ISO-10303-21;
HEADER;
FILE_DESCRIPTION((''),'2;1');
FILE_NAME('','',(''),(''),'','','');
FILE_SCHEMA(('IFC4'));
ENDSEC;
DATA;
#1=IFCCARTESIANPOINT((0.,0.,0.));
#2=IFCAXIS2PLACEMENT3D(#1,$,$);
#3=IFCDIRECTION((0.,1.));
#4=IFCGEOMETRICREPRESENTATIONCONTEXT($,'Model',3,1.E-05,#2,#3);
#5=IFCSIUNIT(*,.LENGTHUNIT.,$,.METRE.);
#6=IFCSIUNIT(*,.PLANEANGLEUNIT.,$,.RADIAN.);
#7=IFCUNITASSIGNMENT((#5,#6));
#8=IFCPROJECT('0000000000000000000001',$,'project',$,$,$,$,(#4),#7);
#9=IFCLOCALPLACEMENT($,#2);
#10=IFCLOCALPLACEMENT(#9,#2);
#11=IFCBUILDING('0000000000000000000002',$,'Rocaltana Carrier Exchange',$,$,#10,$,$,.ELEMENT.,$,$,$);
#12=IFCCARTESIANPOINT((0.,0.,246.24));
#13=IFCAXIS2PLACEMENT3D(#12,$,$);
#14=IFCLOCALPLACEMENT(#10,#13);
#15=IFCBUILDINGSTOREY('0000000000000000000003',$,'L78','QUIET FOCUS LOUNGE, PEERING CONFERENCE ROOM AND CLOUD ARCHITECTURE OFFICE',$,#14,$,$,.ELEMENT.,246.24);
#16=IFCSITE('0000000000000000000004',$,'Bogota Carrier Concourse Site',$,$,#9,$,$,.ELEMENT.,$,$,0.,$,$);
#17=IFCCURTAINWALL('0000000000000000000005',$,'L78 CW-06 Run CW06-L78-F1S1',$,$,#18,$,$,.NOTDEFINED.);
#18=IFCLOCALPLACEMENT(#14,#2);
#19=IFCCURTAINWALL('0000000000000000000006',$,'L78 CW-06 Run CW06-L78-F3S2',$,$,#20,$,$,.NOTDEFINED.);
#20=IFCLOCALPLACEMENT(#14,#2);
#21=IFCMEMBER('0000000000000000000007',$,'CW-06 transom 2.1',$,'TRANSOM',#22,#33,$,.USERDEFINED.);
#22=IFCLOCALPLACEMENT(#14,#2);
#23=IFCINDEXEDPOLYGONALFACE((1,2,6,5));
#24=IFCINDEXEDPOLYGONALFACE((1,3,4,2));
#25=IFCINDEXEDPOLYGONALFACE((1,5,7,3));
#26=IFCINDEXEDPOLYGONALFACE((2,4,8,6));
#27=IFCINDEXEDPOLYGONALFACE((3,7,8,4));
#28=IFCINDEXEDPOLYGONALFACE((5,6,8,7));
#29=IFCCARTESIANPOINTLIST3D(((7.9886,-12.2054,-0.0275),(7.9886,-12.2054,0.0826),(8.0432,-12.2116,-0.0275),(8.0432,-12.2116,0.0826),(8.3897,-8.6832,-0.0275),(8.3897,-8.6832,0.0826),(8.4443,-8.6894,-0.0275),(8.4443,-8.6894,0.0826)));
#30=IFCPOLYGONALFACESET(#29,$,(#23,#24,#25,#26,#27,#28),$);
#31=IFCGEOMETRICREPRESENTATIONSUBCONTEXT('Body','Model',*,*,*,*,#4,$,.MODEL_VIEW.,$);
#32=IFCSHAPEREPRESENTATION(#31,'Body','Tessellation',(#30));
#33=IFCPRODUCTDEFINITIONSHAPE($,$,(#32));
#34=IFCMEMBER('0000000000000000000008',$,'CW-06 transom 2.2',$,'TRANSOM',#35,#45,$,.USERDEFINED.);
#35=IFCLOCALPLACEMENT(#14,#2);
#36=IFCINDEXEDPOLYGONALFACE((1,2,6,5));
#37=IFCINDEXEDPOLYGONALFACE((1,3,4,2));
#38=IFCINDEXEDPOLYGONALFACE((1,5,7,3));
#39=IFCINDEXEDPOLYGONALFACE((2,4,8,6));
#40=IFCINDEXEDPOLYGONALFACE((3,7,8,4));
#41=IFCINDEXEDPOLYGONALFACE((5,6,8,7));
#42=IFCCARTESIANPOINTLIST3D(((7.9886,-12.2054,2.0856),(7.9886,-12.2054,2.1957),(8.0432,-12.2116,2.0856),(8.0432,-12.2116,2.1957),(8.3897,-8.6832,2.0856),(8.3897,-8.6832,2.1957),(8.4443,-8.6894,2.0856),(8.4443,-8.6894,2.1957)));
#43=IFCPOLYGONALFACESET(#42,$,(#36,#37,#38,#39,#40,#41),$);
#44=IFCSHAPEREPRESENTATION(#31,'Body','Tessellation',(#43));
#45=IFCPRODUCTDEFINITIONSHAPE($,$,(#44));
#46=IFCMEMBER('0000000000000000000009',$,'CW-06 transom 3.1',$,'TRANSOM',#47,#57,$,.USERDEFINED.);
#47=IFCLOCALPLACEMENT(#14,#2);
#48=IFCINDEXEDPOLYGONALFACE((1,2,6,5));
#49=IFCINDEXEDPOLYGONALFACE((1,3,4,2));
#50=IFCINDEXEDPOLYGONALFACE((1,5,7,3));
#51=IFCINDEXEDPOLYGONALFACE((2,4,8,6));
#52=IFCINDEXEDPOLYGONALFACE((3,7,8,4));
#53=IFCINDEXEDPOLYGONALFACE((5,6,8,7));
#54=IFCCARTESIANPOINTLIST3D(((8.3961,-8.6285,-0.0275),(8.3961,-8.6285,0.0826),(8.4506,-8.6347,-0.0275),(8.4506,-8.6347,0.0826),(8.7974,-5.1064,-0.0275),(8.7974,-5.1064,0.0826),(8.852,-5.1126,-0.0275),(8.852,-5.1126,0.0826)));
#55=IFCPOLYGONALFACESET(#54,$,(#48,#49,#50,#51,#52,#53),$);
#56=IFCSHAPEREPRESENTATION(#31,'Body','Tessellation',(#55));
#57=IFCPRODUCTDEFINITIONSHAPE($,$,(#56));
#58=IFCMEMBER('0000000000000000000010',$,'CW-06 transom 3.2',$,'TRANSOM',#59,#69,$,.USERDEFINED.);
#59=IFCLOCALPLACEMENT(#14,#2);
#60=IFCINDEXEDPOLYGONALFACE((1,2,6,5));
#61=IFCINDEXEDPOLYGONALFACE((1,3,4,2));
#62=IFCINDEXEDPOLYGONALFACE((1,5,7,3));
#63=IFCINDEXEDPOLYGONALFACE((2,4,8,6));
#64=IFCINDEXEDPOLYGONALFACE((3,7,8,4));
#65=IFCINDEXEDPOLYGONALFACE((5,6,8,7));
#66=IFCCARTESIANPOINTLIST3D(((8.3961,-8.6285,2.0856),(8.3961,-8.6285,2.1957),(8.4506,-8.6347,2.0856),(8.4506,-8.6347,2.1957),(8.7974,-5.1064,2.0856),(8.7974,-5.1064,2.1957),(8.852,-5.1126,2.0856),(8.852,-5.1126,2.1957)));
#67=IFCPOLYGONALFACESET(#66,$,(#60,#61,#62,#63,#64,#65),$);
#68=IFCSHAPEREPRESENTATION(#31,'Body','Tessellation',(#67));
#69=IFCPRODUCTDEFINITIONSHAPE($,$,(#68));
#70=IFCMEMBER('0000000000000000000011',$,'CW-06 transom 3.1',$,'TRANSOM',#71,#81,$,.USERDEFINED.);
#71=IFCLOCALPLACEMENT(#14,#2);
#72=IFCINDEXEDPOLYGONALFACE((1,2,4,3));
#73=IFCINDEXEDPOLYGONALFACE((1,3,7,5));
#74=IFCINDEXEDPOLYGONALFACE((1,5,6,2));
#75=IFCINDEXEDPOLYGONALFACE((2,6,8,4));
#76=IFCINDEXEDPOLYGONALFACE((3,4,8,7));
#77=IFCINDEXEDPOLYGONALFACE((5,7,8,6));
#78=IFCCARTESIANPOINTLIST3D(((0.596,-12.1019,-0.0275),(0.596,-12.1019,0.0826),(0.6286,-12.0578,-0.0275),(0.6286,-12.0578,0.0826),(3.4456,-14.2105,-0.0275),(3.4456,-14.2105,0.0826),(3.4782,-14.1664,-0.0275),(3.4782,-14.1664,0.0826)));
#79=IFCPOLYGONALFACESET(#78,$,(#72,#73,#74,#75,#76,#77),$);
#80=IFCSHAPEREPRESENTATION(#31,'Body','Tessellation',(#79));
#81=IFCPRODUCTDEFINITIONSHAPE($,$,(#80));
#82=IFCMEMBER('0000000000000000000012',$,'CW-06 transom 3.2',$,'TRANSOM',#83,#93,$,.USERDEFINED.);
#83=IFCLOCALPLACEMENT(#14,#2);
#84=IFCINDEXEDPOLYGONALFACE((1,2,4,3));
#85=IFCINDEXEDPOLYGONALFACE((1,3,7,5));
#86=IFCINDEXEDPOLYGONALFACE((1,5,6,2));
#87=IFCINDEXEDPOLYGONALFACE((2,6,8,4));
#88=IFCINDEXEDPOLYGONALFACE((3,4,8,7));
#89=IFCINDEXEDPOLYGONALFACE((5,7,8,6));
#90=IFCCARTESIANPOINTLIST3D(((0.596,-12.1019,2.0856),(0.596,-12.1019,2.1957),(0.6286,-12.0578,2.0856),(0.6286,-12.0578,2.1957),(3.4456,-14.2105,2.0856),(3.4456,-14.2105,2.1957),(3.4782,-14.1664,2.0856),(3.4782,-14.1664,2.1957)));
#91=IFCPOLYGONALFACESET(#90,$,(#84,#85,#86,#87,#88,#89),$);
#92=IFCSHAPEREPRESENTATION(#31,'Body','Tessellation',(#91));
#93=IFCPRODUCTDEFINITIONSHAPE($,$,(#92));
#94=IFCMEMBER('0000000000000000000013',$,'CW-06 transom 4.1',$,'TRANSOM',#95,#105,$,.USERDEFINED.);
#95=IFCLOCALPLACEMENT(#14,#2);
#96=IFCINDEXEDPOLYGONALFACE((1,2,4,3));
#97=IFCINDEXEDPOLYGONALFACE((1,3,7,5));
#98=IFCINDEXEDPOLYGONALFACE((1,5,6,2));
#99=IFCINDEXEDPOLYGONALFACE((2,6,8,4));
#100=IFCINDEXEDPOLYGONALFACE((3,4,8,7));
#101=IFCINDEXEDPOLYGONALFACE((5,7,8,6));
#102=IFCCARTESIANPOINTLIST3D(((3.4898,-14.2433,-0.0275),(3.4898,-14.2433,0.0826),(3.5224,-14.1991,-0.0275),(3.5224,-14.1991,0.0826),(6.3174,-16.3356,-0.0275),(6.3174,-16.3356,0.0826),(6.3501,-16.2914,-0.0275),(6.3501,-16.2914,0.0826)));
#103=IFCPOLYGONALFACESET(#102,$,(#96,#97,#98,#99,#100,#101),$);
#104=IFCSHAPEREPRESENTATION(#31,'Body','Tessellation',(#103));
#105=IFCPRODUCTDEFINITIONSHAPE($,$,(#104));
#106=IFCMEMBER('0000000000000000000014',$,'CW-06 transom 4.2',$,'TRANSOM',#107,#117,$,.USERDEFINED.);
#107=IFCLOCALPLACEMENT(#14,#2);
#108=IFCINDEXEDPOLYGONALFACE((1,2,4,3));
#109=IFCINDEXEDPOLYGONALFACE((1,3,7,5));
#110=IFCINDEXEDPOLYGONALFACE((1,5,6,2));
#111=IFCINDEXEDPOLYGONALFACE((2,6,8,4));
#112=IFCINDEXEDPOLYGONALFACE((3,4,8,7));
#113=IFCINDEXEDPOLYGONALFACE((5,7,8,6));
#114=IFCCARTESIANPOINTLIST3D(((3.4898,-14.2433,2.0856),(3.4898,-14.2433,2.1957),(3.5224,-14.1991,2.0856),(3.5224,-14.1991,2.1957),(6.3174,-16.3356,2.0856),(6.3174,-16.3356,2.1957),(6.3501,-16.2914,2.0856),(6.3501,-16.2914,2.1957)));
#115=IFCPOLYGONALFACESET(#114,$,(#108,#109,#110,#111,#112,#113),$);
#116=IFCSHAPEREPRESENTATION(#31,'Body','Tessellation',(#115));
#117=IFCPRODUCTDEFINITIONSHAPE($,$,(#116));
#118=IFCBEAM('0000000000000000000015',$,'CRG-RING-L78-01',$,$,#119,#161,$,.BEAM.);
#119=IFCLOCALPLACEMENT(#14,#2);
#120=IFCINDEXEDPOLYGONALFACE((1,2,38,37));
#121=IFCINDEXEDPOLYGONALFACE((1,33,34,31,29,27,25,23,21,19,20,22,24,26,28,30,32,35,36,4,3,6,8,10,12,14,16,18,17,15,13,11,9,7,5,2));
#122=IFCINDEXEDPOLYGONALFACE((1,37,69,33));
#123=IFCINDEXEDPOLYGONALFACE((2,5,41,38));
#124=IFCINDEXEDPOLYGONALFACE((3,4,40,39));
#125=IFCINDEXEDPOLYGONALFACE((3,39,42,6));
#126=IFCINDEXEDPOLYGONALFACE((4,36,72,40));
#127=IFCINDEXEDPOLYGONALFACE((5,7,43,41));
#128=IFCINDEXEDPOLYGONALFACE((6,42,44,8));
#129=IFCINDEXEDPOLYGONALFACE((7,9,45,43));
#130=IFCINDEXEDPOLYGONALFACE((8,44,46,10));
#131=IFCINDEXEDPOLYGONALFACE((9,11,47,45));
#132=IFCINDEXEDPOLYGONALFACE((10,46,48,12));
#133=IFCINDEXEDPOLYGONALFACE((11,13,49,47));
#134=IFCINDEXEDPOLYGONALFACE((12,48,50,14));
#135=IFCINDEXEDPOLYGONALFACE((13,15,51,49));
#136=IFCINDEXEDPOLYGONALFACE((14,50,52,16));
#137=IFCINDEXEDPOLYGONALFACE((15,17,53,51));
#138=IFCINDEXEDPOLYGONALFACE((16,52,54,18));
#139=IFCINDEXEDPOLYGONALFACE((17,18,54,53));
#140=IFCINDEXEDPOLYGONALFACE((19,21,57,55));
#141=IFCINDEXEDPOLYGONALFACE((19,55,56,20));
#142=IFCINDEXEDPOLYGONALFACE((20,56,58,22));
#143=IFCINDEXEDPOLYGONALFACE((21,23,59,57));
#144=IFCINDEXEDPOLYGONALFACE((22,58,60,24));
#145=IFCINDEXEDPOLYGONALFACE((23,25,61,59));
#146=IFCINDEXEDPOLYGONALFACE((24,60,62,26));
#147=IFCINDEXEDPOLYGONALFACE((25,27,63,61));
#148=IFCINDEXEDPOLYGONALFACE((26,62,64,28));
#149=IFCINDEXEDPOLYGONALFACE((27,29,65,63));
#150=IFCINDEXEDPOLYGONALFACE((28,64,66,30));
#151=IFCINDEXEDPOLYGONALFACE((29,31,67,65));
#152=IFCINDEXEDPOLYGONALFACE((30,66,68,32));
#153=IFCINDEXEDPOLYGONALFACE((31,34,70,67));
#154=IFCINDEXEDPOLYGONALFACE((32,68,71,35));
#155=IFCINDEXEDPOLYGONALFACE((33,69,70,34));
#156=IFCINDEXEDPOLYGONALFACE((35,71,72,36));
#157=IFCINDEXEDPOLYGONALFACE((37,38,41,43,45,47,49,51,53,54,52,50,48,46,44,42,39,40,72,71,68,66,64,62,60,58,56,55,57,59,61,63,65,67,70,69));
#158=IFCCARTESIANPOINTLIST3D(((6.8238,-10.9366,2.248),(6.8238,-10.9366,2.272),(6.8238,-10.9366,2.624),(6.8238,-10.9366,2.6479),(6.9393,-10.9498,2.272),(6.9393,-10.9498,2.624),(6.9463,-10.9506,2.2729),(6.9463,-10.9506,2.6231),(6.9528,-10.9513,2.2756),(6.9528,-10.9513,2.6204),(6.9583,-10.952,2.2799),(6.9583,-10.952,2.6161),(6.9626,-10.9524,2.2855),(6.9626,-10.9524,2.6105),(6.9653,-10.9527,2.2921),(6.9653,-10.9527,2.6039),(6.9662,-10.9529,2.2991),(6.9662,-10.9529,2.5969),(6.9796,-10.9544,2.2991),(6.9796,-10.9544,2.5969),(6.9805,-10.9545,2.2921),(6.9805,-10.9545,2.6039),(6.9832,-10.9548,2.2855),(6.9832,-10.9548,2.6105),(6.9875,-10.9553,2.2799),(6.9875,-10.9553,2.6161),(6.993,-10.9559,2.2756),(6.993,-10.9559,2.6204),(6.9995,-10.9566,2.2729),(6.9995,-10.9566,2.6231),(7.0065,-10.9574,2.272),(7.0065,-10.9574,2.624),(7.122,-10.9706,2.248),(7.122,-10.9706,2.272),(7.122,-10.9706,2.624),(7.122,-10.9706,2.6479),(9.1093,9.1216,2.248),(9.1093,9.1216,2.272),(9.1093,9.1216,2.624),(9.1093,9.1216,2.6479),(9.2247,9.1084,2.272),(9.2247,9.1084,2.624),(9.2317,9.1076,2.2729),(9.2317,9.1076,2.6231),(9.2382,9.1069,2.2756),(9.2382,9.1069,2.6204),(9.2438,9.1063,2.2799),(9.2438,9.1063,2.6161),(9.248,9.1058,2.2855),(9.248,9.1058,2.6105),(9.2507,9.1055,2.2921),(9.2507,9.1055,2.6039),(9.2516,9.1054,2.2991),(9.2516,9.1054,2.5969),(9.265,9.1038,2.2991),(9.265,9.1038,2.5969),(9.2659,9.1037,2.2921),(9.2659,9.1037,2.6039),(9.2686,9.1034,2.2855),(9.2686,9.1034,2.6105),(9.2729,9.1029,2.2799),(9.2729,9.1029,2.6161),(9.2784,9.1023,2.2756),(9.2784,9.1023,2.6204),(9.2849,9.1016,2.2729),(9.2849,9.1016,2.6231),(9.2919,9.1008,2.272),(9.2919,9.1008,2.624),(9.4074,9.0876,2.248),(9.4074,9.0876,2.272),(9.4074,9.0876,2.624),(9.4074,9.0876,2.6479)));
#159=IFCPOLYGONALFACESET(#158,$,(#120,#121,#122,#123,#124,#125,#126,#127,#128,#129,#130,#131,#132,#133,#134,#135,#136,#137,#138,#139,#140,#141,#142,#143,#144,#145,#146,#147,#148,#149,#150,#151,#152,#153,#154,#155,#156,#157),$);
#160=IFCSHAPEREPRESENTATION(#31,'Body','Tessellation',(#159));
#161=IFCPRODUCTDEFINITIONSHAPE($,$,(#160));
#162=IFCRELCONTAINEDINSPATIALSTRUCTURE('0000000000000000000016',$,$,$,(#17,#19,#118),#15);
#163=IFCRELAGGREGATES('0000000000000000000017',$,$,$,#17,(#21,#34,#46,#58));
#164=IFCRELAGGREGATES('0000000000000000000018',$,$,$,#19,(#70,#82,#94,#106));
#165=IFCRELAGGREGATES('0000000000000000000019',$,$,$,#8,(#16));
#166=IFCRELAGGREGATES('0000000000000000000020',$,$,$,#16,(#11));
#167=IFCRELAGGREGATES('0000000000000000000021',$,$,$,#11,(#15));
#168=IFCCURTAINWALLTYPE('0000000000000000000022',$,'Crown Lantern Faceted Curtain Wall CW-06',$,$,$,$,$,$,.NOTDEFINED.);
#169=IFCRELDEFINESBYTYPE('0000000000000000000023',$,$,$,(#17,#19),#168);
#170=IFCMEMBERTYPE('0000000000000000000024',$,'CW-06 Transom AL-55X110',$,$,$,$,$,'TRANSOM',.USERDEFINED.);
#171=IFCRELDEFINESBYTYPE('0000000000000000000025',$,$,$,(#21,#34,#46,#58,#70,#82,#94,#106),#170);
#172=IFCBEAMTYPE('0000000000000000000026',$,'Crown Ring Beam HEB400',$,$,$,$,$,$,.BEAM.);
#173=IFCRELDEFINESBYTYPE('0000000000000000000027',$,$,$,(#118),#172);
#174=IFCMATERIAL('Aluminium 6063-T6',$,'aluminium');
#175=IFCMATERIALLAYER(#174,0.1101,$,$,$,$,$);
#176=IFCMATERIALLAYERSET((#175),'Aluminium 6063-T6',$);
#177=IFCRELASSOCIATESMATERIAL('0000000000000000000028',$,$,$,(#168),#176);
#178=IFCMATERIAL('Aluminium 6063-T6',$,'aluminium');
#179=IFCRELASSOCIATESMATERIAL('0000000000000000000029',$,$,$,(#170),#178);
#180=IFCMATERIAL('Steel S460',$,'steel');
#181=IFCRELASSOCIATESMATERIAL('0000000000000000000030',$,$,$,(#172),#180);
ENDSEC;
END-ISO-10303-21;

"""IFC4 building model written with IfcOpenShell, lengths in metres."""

from ifc_helpers import new_model, si_unit, direction, frame, origin, origin_2d, place, context, subcontext, project, spatial, rectangle, i_section, extrude, material, layer, layer_set, material_profile, profile_set, type_object, element, aggregate, save


model = new_model("IFC4")

# Units and contexts
model_context = context("Model", 3, precision=1e-05, world=origin(), true_north=direction((0.0, 1.0)))
body_context = subcontext(model_context, "Body", "Model", "MODEL_VIEW")
ifc_project = project(units=[si_unit("LENGTHUNIT", "METRE"), si_unit("PLANEANGLEUNIT", "RADIAN")], contexts=[model_context])

# Site, building, storey
site_placement = place(None, origin())
site = spatial("IfcSite", under=ifc_project, at=site_placement, Name="Bogota Carrier Concourse Site", CompositionType="ELEMENT", RefElevation=0.0)
building_placement = place(site_placement, origin())
building = spatial("IfcBuilding", under=site, at=building_placement, Name="Rocaltana Carrier Exchange", CompositionType="ELEMENT")
storey_placement = place(building_placement, frame((0.0, 0.0, 246.24)))
storey = spatial("IfcBuildingStorey", under=building, at=storey_placement, Name="L78", Description="QUIET FOCUS LOUNGE, PEERING CONFERENCE ROOM AND CLOUD ARCHITECTURE OFFICE", CompositionType="ELEMENT", Elevation=246.24)

# Curtain walls
ifc_material_1 = material(Name="Aluminium 6063-T6", Category="aluminium")
ifc_layer_1 = layer(ifc_material_1, 0.1101)
ifc_layer_set_1 = layer_set([ifc_layer_1], Name="Aluminium 6063-T6")
curtain_wall_type = type_object("IfcCurtainWallType", Name="Crown Lantern Faceted Curtain Wall CW-06", PredefinedType="NOTDEFINED", material=ifc_layer_set_1)
curtain_wall_1_placement = place(storey_placement, origin())
curtain_wall_1 = element("IfcCurtainWall", 1, at=curtain_wall_1_placement, inside=storey, type_object=curtain_wall_type, Name="L78 CW-06 Run CW06-L78-F1S1", PredefinedType="NOTDEFINED")
curtain_wall_2_placement = place(storey_placement, origin())
curtain_wall_2 = element("IfcCurtainWall", 2, at=curtain_wall_2_placement, inside=storey, type_object=curtain_wall_type, Name="L78 CW-06 Run CW06-L78-F3S2", PredefinedType="NOTDEFINED")

# Members
ifc_material_2 = material(Name="Aluminium 6063-T6", Category="aluminium")
ifc_material_profile_1 = material_profile(ifc_material_2, rectangle(XDim=0.0549, YDim=0.1101, at=origin_2d()), Name="AL-55X110")
ifc_profile_set_1 = profile_set([ifc_material_profile_1], Name="Aluminium 6063-T6")
member_type_1 = type_object("IfcMemberType", Name="CW-06 Transom AL-55X110", ElementType="TRANSOM", PredefinedType="USERDEFINED", material=ifc_profile_set_1)
member_1_placement = place(storey_placement, frame((8.0159, -12.2085, 0.0276), z_axis=(0.113152, 0.993578, 0.0), x_axis=(-0.993578, 0.113152, 0.0)))
member_1 = element("IfcMember", 3, at=member_1_placement, type_object=member_type_1, Name="CW-06 transom 2.1", ObjectType="TRANSOM", PredefinedType="USERDEFINED", context=body_context, shape_type="SweptSolid", body=[
    extrude(rectangle(XDim=0.0549, YDim=0.1101, at=origin_2d()), origin(), (0.0, 0.0, 1.0), 3.5449),
])
member_2_placement = place(storey_placement, frame((8.0159, -12.2085, 2.1406), z_axis=(0.113152, 0.993578, 0.0), x_axis=(-0.993578, 0.113152, 0.0)))
member_2 = element("IfcMember", 4, at=member_2_placement, type_object=member_type_1, Name="CW-06 transom 2.2", ObjectType="TRANSOM", PredefinedType="USERDEFINED", context=body_context, shape_type="SweptSolid", body=[
    extrude(rectangle(XDim=0.0549, YDim=0.1101, at=origin_2d()), origin(), (0.0, 0.0, 1.0), 3.5449),
])
member_3_placement = place(storey_placement, frame((8.4233, -8.6316, 0.0276), z_axis=(0.11322, 0.99357, 0.0), x_axis=(-0.99357, 0.11322, 0.0)))
member_3 = element("IfcMember", 5, at=member_3_placement, type_object=member_type_1, Name="CW-06 transom 3.1", ObjectType="TRANSOM", PredefinedType="USERDEFINED", context=body_context, shape_type="SweptSolid", body=[
    extrude(rectangle(XDim=0.0549, YDim=0.1101, at=origin_2d()), origin(), (0.0, 0.0, 1.0), 3.5449),
])
member_4_placement = place(storey_placement, frame((8.4233, -8.6316, 2.1406), z_axis=(0.11322, 0.99357, 0.0), x_axis=(-0.99357, 0.11322, 0.0)))
member_4 = element("IfcMember", 6, at=member_4_placement, type_object=member_type_1, Name="CW-06 transom 3.2", ObjectType="TRANSOM", PredefinedType="USERDEFINED", context=body_context, shape_type="SweptSolid", body=[
    extrude(rectangle(XDim=0.0549, YDim=0.1101, at=origin_2d()), origin(), (0.0, 0.0, 1.0), 3.5449),
])
member_5_placement = place(storey_placement, frame((0.6123, -12.0798, 0.0276), z_axis=(0.803851, -0.594831, 0.0), x_axis=(0.594831, 0.803851, 0.0)))
member_5 = element("IfcMember", 7, at=member_5_placement, type_object=member_type_1, Name="CW-06 transom 3.1", ObjectType="TRANSOM", PredefinedType="USERDEFINED", context=body_context, shape_type="SweptSolid", body=[
    extrude(rectangle(XDim=0.0549, YDim=0.1101, at=origin_2d()), origin(), (0.0, 0.0, 1.0), 3.5449),
])
member_6_placement = place(storey_placement, frame((0.6123, -12.0798, 2.1406), z_axis=(0.803851, -0.594831, 0.0), x_axis=(0.594831, 0.803851, 0.0)))
member_6 = element("IfcMember", 8, at=member_6_placement, type_object=member_type_1, Name="CW-06 transom 3.2", ObjectType="TRANSOM", PredefinedType="USERDEFINED", context=body_context, shape_type="SweptSolid", body=[
    extrude(rectangle(XDim=0.0549, YDim=0.1101, at=origin_2d()), origin(), (0.0, 0.0, 1.0), 3.5449),
])
member_7_placement = place(storey_placement, frame((3.5061, -14.2212, 0.0276), z_axis=(0.803864, -0.594813, 0.0), x_axis=(0.594813, 0.803864, 0.0)))
member_7 = element("IfcMember", 9, at=member_7_placement, type_object=member_type_1, Name="CW-06 transom 4.1", ObjectType="TRANSOM", PredefinedType="USERDEFINED", context=body_context, shape_type="SweptSolid", body=[
    extrude(rectangle(XDim=0.0549, YDim=0.1101, at=origin_2d()), origin(), (0.0, 0.0, 1.0), 3.5176),
])
member_8_placement = place(storey_placement, frame((3.5061, -14.2212, 2.1406), z_axis=(0.803864, -0.594813, 0.0), x_axis=(0.594813, 0.803864, 0.0)))
member_8 = element("IfcMember", 10, at=member_8_placement, type_object=member_type_1, Name="CW-06 transom 4.2", ObjectType="TRANSOM", PredefinedType="USERDEFINED", context=body_context, shape_type="SweptSolid", body=[
    extrude(rectangle(XDim=0.0549, YDim=0.1101, at=origin_2d()), origin(), (0.0, 0.0, 1.0), 3.5176),
])

# Beam
ifc_material_3 = material(Name="Steel S460", Category="steel")
ifc_material_profile_2 = material_profile(ifc_material_3, i_section(OverallWidth=0.3, OverallDepth=0.3999, WebThickness=0.0134, FlangeThickness=0.0239, FilletRadius=0.0271, at=origin_2d()), Name="HEB400")
ifc_profile_set_2 = profile_set([ifc_material_profile_2], Name="Steel S460")
beam_type = type_object("IfcBeamType", Name="Crown Ring Beam HEB400", PredefinedType="BEAM", material=ifc_profile_set_2)
beam_1_placement = place(storey_placement, frame((6.9729, -10.9536, 2.448), z_axis=(0.113207, 0.993571, 0.0), x_axis=(-0.993571, 0.113207, 0.0)))
element("IfcBeam", 11, at=beam_1_placement, inside=storey, type_object=beam_type, Name="CRG-RING-L78-01", PredefinedType="BEAM", context=body_context, shape_type="SweptSolid", body=[
    extrude(i_section(OverallWidth=0.3, OverallDepth=0.3999, WebThickness=0.0134, FlangeThickness=0.0239, FilletRadius=0.0271, at=origin_2d()), origin(), (0.0, 0.0, 1.0), 20.188),
])

aggregate(curtain_wall_1, [member_1, member_2, member_3, member_4])
aggregate(curtain_wall_2, [member_5, member_6, member_7, member_8])

save(model, "model.ifc")
